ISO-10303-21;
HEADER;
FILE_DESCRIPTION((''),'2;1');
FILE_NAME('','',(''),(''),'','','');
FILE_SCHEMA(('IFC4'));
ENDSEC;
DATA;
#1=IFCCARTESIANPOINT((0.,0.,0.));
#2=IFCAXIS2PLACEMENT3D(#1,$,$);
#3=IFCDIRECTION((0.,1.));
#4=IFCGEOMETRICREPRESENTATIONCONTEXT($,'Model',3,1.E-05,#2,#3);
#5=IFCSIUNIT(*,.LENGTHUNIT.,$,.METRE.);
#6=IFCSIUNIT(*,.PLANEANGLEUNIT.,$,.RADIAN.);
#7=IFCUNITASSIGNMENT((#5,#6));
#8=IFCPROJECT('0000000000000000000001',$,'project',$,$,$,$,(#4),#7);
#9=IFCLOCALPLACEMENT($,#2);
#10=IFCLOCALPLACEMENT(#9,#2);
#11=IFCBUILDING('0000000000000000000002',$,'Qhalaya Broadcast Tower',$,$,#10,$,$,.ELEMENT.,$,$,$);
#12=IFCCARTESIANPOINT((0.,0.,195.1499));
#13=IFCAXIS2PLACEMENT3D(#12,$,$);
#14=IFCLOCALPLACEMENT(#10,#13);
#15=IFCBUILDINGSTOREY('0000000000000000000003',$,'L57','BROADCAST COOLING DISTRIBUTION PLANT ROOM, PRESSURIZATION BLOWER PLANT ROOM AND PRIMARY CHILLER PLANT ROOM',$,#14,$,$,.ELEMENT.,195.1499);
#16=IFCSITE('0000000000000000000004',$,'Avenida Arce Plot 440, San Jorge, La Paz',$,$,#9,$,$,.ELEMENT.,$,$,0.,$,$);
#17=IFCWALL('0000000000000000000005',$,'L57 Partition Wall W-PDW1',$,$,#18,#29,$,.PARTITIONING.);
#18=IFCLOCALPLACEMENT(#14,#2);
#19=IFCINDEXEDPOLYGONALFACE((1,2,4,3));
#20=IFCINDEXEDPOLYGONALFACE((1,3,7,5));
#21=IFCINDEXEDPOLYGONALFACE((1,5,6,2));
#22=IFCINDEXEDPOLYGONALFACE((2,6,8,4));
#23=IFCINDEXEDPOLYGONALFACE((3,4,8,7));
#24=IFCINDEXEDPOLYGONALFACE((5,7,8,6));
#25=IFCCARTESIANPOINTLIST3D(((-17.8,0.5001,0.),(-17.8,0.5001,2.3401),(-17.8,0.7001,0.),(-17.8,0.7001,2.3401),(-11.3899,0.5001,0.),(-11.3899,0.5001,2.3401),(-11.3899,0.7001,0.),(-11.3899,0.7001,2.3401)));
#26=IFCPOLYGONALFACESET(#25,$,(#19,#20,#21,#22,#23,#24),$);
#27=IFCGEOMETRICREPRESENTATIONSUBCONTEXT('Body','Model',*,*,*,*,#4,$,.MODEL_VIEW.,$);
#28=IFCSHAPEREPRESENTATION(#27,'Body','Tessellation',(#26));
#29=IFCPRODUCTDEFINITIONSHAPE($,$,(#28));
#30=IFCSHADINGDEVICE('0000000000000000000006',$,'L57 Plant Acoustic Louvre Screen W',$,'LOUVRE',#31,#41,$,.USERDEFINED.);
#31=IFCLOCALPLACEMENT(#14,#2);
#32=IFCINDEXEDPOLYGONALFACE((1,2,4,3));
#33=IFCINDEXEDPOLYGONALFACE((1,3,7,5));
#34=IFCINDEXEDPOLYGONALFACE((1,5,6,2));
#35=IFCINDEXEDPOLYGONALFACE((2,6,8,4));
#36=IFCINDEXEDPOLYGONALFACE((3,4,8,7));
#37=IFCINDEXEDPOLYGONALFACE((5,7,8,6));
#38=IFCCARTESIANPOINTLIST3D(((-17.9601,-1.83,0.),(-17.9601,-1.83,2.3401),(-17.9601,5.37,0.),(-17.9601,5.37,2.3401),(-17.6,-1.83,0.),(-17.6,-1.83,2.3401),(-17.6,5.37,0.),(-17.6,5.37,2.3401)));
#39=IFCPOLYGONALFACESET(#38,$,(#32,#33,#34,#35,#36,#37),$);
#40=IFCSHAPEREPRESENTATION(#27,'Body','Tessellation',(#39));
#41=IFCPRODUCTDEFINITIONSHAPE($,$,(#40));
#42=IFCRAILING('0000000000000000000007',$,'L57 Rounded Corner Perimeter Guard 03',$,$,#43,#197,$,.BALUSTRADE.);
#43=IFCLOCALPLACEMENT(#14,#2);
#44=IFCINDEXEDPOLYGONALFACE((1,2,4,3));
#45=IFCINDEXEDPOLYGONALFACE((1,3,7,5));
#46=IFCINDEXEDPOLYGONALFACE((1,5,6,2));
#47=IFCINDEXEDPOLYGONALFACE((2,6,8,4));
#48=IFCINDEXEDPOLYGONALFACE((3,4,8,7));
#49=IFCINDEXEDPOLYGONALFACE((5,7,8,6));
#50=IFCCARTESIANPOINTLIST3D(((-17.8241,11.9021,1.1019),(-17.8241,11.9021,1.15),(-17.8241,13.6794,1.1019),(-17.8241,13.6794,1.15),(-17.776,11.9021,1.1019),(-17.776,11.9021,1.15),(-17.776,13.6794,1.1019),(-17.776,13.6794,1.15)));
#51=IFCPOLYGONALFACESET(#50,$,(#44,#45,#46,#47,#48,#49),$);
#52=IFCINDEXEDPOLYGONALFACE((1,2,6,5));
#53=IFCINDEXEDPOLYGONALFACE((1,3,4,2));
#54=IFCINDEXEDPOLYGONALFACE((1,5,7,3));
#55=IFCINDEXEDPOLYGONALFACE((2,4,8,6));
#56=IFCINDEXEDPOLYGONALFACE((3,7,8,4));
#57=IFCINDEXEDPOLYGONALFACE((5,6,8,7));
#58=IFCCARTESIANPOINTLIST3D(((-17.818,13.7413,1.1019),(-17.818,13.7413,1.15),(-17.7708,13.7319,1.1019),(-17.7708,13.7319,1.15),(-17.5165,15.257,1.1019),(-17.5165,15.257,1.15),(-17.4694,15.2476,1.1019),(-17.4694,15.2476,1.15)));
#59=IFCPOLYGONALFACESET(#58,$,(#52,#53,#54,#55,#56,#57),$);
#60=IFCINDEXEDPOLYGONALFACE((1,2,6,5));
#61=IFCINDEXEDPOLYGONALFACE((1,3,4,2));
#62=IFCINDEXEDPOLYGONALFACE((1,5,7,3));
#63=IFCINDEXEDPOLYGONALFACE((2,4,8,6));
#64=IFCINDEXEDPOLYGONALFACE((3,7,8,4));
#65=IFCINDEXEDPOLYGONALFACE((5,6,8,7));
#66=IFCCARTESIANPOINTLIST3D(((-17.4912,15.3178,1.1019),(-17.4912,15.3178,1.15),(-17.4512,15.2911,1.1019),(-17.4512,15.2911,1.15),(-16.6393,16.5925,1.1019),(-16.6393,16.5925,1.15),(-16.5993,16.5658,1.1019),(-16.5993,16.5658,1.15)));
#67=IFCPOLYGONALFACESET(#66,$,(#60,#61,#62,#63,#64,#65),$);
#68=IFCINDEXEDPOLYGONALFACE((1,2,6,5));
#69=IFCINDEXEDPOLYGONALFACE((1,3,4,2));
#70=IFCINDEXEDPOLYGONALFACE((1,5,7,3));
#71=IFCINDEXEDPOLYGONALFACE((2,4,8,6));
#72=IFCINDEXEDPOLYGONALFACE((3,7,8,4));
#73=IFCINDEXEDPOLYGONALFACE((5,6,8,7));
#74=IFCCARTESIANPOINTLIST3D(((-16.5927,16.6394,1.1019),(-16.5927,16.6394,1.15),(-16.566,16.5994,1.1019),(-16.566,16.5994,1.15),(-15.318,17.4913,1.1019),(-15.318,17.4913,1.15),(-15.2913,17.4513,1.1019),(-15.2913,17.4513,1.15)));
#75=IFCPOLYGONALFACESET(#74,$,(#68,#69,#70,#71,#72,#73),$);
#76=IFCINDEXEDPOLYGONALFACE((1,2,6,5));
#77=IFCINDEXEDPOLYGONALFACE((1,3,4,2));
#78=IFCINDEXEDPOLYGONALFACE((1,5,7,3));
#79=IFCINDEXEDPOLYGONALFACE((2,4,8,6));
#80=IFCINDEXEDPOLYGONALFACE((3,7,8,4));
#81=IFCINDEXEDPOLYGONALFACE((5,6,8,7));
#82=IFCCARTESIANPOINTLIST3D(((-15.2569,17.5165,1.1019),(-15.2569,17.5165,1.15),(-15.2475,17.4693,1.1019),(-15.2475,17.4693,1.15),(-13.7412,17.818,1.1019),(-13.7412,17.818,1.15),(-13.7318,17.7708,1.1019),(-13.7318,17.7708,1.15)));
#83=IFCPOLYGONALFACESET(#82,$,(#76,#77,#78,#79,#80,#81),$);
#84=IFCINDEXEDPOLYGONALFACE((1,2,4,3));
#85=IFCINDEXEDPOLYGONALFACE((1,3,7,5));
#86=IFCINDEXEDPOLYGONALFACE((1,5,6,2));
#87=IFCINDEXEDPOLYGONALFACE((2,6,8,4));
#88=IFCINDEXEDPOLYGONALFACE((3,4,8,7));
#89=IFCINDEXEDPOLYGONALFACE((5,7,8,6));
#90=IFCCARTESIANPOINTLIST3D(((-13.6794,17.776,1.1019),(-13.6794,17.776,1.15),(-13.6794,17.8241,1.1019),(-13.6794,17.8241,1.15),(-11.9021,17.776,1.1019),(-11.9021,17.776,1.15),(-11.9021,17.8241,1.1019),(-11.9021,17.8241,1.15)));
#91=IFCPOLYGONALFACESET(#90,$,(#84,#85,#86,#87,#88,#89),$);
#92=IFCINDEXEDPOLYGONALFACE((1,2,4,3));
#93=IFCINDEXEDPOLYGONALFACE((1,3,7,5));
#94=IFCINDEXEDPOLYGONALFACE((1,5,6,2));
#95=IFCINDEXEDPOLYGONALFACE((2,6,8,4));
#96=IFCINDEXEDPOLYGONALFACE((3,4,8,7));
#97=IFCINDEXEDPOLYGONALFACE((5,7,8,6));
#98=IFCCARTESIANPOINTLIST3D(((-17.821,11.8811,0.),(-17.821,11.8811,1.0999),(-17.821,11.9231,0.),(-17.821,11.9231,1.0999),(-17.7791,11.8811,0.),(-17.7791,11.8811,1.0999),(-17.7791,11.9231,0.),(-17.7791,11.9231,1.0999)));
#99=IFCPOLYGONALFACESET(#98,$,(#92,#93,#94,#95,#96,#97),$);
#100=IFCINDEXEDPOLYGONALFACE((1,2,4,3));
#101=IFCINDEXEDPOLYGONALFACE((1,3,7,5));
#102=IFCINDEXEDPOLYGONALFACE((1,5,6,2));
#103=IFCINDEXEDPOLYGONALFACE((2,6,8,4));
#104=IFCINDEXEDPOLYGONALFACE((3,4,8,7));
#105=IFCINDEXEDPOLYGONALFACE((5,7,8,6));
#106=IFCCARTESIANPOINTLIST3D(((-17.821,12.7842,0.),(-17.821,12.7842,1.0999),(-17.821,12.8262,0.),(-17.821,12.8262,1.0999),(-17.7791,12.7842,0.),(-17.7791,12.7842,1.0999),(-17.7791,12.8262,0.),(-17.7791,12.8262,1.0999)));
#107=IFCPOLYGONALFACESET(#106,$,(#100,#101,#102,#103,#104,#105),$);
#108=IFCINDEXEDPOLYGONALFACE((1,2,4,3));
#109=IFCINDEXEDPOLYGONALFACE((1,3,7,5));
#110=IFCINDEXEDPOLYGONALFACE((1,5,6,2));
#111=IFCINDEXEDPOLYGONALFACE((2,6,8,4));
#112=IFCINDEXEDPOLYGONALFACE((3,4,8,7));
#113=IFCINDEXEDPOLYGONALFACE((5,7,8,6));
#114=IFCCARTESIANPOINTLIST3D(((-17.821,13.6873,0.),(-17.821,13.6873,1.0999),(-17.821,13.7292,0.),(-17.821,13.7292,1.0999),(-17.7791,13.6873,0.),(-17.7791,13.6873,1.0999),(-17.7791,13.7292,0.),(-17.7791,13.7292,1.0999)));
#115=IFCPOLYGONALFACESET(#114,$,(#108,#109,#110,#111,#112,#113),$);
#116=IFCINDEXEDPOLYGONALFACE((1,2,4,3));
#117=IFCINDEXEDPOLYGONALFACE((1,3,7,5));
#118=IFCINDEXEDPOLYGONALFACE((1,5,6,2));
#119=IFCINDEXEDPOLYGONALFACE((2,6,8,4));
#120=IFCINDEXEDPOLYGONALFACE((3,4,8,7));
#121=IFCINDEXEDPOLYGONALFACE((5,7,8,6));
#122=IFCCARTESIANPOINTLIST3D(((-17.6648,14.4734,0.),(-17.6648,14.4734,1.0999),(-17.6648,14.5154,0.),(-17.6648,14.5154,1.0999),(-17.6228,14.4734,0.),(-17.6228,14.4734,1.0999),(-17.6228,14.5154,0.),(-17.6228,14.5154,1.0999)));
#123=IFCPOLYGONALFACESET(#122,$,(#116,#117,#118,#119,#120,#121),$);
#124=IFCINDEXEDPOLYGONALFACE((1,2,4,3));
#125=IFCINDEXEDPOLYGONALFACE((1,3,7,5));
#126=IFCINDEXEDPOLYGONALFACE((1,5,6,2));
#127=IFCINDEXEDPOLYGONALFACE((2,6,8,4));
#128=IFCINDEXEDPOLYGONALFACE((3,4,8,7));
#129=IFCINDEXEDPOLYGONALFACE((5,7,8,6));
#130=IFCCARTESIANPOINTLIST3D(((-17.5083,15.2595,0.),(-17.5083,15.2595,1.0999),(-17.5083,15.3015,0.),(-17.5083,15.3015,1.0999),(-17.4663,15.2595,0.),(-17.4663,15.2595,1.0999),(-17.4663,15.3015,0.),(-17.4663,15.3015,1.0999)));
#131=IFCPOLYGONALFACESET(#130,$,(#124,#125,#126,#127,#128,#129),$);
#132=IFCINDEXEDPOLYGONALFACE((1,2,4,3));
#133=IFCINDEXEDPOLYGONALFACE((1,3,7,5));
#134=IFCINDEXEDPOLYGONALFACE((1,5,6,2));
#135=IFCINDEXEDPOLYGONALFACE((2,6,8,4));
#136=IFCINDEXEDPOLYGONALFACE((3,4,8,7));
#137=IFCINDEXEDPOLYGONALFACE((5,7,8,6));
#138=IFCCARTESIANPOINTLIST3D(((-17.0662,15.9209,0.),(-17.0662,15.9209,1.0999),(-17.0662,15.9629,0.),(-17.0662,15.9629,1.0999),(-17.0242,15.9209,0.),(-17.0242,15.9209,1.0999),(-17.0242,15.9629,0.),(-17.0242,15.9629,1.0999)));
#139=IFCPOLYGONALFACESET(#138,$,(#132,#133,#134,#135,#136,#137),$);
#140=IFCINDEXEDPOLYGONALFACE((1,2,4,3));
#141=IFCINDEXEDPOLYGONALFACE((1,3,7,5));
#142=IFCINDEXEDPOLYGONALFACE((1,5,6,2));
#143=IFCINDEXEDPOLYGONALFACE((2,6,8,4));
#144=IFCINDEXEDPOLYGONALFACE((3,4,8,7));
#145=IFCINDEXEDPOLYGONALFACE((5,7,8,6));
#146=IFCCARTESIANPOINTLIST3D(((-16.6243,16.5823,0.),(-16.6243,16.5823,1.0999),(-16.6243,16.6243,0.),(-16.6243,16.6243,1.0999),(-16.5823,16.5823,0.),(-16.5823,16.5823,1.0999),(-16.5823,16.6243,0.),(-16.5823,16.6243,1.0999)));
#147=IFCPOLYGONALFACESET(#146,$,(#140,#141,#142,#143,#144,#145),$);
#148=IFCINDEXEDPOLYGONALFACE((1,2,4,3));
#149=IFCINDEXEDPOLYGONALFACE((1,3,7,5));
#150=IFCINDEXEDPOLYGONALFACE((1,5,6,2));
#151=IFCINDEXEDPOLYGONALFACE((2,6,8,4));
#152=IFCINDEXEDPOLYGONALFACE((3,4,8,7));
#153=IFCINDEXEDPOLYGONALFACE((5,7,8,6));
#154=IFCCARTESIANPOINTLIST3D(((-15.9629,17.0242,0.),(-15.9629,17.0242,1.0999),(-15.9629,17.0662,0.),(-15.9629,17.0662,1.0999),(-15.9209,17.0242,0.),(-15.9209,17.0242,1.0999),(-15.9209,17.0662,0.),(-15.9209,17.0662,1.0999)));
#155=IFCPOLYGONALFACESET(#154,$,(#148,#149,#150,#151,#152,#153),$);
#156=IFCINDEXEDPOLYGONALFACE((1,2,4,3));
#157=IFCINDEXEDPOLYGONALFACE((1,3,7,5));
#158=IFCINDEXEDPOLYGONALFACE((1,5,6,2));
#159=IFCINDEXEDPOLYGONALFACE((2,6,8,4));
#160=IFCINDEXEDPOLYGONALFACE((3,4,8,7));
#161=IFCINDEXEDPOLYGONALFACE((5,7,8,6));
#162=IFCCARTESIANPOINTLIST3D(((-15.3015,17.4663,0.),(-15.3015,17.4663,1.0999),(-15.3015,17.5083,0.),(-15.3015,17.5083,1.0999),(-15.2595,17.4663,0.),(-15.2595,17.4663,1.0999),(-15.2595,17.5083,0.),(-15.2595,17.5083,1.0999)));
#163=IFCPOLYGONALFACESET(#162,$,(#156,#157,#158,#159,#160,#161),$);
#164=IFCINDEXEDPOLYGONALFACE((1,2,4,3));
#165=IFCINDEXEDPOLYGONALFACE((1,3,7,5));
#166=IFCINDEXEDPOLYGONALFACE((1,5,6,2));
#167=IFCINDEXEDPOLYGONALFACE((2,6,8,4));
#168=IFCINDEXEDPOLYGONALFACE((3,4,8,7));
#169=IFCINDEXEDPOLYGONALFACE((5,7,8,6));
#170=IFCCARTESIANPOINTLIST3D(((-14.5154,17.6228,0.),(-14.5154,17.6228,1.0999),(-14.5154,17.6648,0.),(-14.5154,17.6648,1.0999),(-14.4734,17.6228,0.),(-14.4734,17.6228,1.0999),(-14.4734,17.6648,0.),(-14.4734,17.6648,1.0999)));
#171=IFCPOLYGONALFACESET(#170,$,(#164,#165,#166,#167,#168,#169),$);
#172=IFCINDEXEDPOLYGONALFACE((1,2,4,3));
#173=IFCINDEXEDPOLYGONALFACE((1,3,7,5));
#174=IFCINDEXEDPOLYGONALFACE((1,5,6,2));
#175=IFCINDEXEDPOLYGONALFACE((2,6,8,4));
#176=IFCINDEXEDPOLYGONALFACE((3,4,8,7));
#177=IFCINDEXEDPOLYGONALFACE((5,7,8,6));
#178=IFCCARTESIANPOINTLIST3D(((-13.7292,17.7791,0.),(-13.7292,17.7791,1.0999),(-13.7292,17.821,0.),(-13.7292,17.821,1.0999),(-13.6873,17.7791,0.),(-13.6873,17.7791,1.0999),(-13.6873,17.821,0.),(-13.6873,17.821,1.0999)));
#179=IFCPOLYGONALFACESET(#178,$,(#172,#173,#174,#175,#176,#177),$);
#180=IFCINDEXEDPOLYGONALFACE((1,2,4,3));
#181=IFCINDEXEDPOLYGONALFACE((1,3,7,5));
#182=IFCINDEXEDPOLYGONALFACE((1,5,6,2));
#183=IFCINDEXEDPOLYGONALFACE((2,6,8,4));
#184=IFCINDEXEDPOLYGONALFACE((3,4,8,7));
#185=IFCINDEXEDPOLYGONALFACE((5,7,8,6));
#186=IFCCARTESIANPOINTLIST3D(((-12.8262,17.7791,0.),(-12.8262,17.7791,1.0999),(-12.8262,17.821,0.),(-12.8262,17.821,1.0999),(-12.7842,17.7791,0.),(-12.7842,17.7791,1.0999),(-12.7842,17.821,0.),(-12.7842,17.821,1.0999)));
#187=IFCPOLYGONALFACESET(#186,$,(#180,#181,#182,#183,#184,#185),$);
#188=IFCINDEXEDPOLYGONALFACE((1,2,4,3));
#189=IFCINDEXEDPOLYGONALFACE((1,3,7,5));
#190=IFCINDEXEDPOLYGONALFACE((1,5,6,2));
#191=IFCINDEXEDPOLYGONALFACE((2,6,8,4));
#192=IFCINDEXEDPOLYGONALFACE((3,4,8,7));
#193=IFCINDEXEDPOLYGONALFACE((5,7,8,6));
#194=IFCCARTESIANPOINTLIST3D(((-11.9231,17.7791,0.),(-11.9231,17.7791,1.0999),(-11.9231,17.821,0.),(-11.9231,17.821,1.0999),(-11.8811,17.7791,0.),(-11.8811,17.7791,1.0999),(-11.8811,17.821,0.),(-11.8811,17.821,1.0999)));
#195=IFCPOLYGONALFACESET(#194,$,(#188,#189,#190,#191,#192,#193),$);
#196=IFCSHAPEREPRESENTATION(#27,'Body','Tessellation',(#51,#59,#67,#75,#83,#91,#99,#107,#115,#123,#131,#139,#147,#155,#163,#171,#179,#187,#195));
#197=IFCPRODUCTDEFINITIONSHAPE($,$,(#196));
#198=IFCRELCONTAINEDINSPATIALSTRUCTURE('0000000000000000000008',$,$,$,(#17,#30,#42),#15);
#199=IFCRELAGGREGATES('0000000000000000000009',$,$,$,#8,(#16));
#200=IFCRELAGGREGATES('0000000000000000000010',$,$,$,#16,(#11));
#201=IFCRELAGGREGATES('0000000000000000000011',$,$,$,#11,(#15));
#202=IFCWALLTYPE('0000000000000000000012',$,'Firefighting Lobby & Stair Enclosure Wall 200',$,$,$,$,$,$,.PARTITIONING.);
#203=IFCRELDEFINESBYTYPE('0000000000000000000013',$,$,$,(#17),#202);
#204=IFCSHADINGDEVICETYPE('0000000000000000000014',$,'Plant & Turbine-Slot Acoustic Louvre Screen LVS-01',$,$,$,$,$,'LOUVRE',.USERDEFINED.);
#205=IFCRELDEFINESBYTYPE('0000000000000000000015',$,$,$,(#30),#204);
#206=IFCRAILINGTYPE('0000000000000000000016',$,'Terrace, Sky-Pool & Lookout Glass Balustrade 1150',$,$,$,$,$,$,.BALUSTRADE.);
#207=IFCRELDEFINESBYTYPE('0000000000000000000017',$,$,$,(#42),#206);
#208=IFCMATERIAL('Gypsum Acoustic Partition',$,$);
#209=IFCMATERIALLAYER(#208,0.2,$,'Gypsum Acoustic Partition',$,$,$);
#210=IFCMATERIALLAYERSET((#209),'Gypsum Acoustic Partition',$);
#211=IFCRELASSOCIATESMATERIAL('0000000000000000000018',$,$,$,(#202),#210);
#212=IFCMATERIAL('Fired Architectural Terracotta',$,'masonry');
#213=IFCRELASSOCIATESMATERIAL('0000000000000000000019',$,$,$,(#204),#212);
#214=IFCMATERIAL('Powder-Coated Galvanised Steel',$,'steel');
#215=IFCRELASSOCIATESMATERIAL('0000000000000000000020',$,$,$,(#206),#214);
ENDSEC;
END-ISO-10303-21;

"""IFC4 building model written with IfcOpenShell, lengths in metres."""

from ifc_helpers import new_model, si_unit, direction, frame, frame_2d, origin, origin_2d, place, context, subcontext, project, spatial, rectangle, extrude, material, layer, layer_set, type_object, element, save


model = new_model("IFC4")

# Units and contexts
model_context = context("Model", 3, precision=1e-05, world=origin(), true_north=direction((0.0, 1.0)))
body_context = subcontext(model_context, "Body", "Model", "MODEL_VIEW")
ifc_project = project(units=[si_unit("LENGTHUNIT", "METRE"), si_unit("PLANEANGLEUNIT", "RADIAN")], contexts=[model_context])

# Site, building, storey
site_placement = place(None, origin())
site = spatial("IfcSite", under=ifc_project, at=site_placement, Name="Avenida Arce Plot 440, San Jorge, La Paz", CompositionType="ELEMENT", RefElevation=0.0)
building_placement = place(site_placement, origin())
building = spatial("IfcBuilding", under=site, at=building_placement, Name="Qhalaya Broadcast Tower", CompositionType="ELEMENT")
storey_placement = place(building_placement, frame((0.0, 0.0, 195.1499)))
storey = spatial("IfcBuildingStorey", under=building, at=storey_placement, Name="L57", Description="BROADCAST COOLING DISTRIBUTION PLANT ROOM, PRESSURIZATION BLOWER PLANT ROOM AND PRIMARY CHILLER PLANT ROOM", CompositionType="ELEMENT", Elevation=195.1499)

# Wall
ifc_material_1 = material(Name="Gypsum Acoustic Partition")
ifc_layer_1 = layer(ifc_material_1, 0.2, Name="Gypsum Acoustic Partition")
ifc_layer_set_1 = layer_set([ifc_layer_1], Name="Gypsum Acoustic Partition")
wall_type = type_object("IfcWallType", Name="Firefighting Lobby & Stair Enclosure Wall 200", PredefinedType="PARTITIONING", material=ifc_layer_set_1)
wall_1_placement = place(storey_placement, frame((-17.8, 0.6001, 0.0), z_axis=(0.0, 0.0, 1.0), x_axis=(1.0, 0.0, 0.0)))
element("IfcWall", 1, at=wall_1_placement, inside=storey, type_object=wall_type, Name="L57 Partition Wall W-PDW1", PredefinedType="PARTITIONING", context=body_context, shape_type="SweptSolid", body=[
    extrude(rectangle(XDim=6.4102, YDim=0.2, at=frame_2d((3.2051, 0.0))), origin(), (0.0, 0.0, 1.0), 2.3401),
])

# Shading device
ifc_material_2 = material(Name="Fired Architectural Terracotta", Category="masonry")
shading_device_type = type_object("IfcShadingDeviceType", Name="Plant & Turbine-Slot Acoustic Louvre Screen LVS-01", ElementType="LOUVRE", PredefinedType="USERDEFINED", material=ifc_material_2)
shading_device_placement = place(storey_placement, frame((-17.78, 1.77, 0.0), z_axis=(0.0, 0.0, 1.0), x_axis=(0.0, 1.0, 0.0)))
element("IfcShadingDevice", 2, at=shading_device_placement, inside=storey, type_object=shading_device_type, Name="L57 Plant Acoustic Louvre Screen W", ObjectType="LOUVRE", PredefinedType="USERDEFINED", context=body_context, shape_type="SweptSolid", body=[
    extrude(rectangle(XDim=7.2, YDim=0.3601, at=origin_2d()), origin(), (0.0, 0.0, 1.0), 2.3401),
])

# Railing
ifc_material_3 = material(Name="Powder-Coated Galvanised Steel", Category="steel")
railing_type = type_object("IfcRailingType", Name="Terrace, Sky-Pool & Lookout Glass Balustrade 1150", PredefinedType="BALUSTRADE", material=ifc_material_3)
railing_placement = place(storey_placement, frame((-17.8, 11.9021, 0.0)))
element("IfcRailing", 3, at=railing_placement, inside=storey, type_object=railing_type, Name="L57 Rounded Corner Perimeter Guard 03", PredefinedType="BALUSTRADE", context=body_context, shape_type="SweptSolid", body=[
    extrude(rectangle(XDim=0.0481, YDim=0.0481, at=origin_2d()), frame((0.0, 0.0, 1.126), z_axis=(0.0, 1.0, 0.0), x_axis=(-1.0, 0.0, 0.0)), (0.0, 0.0, 1.0), 1.7773),
    extrude(rectangle(XDim=0.0481, YDim=0.0481, at=origin_2d()), frame((0.0056, 1.8345, 1.126), z_axis=(0.195091, 0.980785, 0.0), x_axis=(-0.980785, 0.195091, 0.0)), (0.0, 0.0, 1.0), 1.5454),
    extrude(rectangle(XDim=0.0481, YDim=0.0481, at=origin_2d()), frame((0.3289, 3.4023, 1.126), z_axis=(0.555656, 0.831412, 0.0), x_axis=(-0.831412, 0.555656, 0.0)), (0.0, 0.0, 1.0), 1.5332),
    extrude(rectangle(XDim=0.0481, YDim=0.0481, at=origin_2d()), frame((1.2207, 4.7173, 1.126), z_axis=(0.831412, 0.555656, 0.0), x_axis=(-0.555656, 0.831412, 0.0)), (0.0, 0.0, 1.0), 1.5332),
    extrude(rectangle(XDim=0.0481, YDim=0.0481, at=origin_2d()), frame((2.5479, 5.5908, 1.126), z_axis=(0.980785, 0.195091, 0.0), x_axis=(-0.195091, 0.980785, 0.0)), (0.0, 0.0, 1.0), 1.5454),
    extrude(rectangle(XDim=0.0481, YDim=0.0481, at=origin_2d()), frame((4.1206, 5.8979, 1.126), z_axis=(1.0, 0.0, 0.0), x_axis=(0.0, 1.0, 0.0)), (0.0, 0.0, 1.0), 1.7773),
    extrude(rectangle(XDim=0.042, YDim=0.042, at=origin_2d()), origin(), (0.0, 0.0, 1.0), 1.0999),
    extrude(rectangle(XDim=0.042, YDim=0.042, at=origin_2d()), frame((0.0, 0.9031, 0.0)), (0.0, 0.0, 1.0), 1.0999),
    extrude(rectangle(XDim=0.042, YDim=0.042, at=origin_2d()), frame((0.0, 1.8062, 0.0)), (0.0, 0.0, 1.0), 1.0999),
    extrude(rectangle(XDim=0.042, YDim=0.042, at=origin_2d()), frame((0.1562, 2.5923, 0.0)), (0.0, 0.0, 1.0), 1.0999),
    extrude(rectangle(XDim=0.042, YDim=0.042, at=origin_2d()), frame((0.3127, 3.3784, 0.0)), (0.0, 0.0, 1.0), 1.0999),
    extrude(rectangle(XDim=0.042, YDim=0.042, at=origin_2d()), frame((0.7549, 4.0398, 0.0)), (0.0, 0.0, 1.0), 1.0999),
    extrude(rectangle(XDim=0.042, YDim=0.042, at=origin_2d()), frame((1.1968, 4.7012, 0.0)), (0.0, 0.0, 1.0), 1.0999),
    extrude(rectangle(XDim=0.042, YDim=0.042, at=origin_2d()), frame((1.8582, 5.1431, 0.0)), (0.0, 0.0, 1.0), 1.0999),
    extrude(rectangle(XDim=0.042, YDim=0.042, at=origin_2d()), frame((2.5195, 5.5852, 0.0)), (0.0, 0.0, 1.0), 1.0999),
    extrude(rectangle(XDim=0.042, YDim=0.042, at=origin_2d()), frame((3.3057, 5.7417, 0.0)), (0.0, 0.0, 1.0), 1.0999),
    extrude(rectangle(XDim=0.042, YDim=0.042, at=origin_2d()), frame((4.0918, 5.8979, 0.0)), (0.0, 0.0, 1.0), 1.0999),
    extrude(rectangle(XDim=0.042, YDim=0.042, at=origin_2d()), frame((4.9949, 5.8979, 0.0)), (0.0, 0.0, 1.0), 1.0999),
    extrude(rectangle(XDim=0.042, YDim=0.042, at=origin_2d()), frame((5.8979, 5.8979, 0.0)), (0.0, 0.0, 1.0), 1.0999),
])

save(model, "model.ifc")
